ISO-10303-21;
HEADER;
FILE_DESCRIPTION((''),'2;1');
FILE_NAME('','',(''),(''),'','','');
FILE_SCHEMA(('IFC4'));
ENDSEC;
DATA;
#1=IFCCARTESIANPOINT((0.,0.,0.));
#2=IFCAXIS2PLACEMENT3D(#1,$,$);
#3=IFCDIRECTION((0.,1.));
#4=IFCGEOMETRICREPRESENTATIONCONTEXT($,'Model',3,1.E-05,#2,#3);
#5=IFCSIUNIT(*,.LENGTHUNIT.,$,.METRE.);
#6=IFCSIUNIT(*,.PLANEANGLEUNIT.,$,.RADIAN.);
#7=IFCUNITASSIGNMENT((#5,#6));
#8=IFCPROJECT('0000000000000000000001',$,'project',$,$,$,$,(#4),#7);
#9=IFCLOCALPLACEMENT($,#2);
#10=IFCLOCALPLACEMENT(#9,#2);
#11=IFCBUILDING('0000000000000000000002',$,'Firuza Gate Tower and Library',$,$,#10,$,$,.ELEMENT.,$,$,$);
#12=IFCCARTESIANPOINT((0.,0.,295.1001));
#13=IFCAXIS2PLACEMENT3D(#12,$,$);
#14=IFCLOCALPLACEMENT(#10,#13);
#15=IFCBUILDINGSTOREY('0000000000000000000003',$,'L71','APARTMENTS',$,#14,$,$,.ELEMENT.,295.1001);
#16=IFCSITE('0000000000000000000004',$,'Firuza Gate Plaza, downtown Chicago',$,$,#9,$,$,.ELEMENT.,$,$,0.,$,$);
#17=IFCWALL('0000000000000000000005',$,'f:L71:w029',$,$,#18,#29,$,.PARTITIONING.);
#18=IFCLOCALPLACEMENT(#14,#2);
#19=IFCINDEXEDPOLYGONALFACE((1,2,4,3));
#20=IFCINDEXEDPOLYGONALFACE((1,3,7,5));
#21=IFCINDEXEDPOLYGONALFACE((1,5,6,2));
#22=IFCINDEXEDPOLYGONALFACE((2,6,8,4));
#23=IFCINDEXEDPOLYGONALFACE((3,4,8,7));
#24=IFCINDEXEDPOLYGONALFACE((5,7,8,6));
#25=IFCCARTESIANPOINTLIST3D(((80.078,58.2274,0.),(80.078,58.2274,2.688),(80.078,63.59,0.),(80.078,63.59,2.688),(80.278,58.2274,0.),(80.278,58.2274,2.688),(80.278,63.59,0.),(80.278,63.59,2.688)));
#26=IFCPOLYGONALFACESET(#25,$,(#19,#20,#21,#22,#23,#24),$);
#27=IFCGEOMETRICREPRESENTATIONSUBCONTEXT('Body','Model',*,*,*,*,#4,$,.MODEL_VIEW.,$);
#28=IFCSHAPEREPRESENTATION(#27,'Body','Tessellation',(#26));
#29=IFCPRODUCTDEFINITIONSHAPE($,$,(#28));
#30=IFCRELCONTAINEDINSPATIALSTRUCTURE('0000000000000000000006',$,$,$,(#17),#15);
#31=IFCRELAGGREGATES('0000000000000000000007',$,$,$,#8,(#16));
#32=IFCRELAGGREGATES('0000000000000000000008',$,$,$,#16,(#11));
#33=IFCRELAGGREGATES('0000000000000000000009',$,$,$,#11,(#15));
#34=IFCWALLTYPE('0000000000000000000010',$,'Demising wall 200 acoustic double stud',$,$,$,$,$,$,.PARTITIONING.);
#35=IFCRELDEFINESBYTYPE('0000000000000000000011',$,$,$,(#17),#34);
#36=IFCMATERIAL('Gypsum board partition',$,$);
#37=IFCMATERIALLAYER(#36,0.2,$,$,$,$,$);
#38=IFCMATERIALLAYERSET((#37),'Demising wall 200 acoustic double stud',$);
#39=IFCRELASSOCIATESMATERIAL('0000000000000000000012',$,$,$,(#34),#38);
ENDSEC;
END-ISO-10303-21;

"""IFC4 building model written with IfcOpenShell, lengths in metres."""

from ifc_helpers import new_model, si_unit, direction, frame, frame_2d, origin, place, context, subcontext, project, spatial, rectangle, extrude, material, layer, layer_set, type_object, element, save


model = new_model("IFC4")

# Units and contexts
model_context = context("Model", 3, precision=1e-05, world=origin(), true_north=direction((0.0, 1.0)))
body_context = subcontext(model_context, "Body", "Model", "MODEL_VIEW")
ifc_project = project(units=[si_unit("LENGTHUNIT", "METRE"), si_unit("PLANEANGLEUNIT", "RADIAN")], contexts=[model_context])

# Site, building, storey
site_placement = place(None, origin())
site = spatial("IfcSite", under=ifc_project, at=site_placement, Name="Firuza Gate Plaza, downtown Chicago", CompositionType="ELEMENT", RefElevation=0.0)
building_placement = place(site_placement, origin())
building = spatial("IfcBuilding", under=site, at=building_placement, Name="Firuza Gate Tower and Library", CompositionType="ELEMENT")
storey_placement = place(building_placement, frame((0.0, 0.0, 295.1001)))
storey = spatial("IfcBuildingStorey", under=building, at=storey_placement, Name="L71", Description="APARTMENTS", CompositionType="ELEMENT", Elevation=295.1001)

# Wall
ifc_material_1 = material(Name="Gypsum board partition")
ifc_layer_1 = layer(ifc_material_1, 0.2)
ifc_layer_set_1 = layer_set([ifc_layer_1], Name="Demising wall 200 acoustic double stud")
wall_type = type_object("IfcWallType", Name="Demising wall 200 acoustic double stud", PredefinedType="PARTITIONING", material=ifc_layer_set_1)
wall_1_placement = place(storey_placement, frame((80.178, 58.2275, 0.0), z_axis=(0.0, 0.0, 1.0), x_axis=(0.0, 1.0, 0.0)))
element("IfcWall", 1, at=wall_1_placement, inside=storey, type_object=wall_type, Name="f:L71:w029", PredefinedType="PARTITIONING", context=body_context, shape_type="SweptSolid", body=[
    extrude(rectangle(XDim=5.3625, YDim=0.2, at=frame_2d((2.6812, 0.0))), origin(), (0.0, 0.0, 1.0), 2.688),
])

save(model, "model.ifc")
